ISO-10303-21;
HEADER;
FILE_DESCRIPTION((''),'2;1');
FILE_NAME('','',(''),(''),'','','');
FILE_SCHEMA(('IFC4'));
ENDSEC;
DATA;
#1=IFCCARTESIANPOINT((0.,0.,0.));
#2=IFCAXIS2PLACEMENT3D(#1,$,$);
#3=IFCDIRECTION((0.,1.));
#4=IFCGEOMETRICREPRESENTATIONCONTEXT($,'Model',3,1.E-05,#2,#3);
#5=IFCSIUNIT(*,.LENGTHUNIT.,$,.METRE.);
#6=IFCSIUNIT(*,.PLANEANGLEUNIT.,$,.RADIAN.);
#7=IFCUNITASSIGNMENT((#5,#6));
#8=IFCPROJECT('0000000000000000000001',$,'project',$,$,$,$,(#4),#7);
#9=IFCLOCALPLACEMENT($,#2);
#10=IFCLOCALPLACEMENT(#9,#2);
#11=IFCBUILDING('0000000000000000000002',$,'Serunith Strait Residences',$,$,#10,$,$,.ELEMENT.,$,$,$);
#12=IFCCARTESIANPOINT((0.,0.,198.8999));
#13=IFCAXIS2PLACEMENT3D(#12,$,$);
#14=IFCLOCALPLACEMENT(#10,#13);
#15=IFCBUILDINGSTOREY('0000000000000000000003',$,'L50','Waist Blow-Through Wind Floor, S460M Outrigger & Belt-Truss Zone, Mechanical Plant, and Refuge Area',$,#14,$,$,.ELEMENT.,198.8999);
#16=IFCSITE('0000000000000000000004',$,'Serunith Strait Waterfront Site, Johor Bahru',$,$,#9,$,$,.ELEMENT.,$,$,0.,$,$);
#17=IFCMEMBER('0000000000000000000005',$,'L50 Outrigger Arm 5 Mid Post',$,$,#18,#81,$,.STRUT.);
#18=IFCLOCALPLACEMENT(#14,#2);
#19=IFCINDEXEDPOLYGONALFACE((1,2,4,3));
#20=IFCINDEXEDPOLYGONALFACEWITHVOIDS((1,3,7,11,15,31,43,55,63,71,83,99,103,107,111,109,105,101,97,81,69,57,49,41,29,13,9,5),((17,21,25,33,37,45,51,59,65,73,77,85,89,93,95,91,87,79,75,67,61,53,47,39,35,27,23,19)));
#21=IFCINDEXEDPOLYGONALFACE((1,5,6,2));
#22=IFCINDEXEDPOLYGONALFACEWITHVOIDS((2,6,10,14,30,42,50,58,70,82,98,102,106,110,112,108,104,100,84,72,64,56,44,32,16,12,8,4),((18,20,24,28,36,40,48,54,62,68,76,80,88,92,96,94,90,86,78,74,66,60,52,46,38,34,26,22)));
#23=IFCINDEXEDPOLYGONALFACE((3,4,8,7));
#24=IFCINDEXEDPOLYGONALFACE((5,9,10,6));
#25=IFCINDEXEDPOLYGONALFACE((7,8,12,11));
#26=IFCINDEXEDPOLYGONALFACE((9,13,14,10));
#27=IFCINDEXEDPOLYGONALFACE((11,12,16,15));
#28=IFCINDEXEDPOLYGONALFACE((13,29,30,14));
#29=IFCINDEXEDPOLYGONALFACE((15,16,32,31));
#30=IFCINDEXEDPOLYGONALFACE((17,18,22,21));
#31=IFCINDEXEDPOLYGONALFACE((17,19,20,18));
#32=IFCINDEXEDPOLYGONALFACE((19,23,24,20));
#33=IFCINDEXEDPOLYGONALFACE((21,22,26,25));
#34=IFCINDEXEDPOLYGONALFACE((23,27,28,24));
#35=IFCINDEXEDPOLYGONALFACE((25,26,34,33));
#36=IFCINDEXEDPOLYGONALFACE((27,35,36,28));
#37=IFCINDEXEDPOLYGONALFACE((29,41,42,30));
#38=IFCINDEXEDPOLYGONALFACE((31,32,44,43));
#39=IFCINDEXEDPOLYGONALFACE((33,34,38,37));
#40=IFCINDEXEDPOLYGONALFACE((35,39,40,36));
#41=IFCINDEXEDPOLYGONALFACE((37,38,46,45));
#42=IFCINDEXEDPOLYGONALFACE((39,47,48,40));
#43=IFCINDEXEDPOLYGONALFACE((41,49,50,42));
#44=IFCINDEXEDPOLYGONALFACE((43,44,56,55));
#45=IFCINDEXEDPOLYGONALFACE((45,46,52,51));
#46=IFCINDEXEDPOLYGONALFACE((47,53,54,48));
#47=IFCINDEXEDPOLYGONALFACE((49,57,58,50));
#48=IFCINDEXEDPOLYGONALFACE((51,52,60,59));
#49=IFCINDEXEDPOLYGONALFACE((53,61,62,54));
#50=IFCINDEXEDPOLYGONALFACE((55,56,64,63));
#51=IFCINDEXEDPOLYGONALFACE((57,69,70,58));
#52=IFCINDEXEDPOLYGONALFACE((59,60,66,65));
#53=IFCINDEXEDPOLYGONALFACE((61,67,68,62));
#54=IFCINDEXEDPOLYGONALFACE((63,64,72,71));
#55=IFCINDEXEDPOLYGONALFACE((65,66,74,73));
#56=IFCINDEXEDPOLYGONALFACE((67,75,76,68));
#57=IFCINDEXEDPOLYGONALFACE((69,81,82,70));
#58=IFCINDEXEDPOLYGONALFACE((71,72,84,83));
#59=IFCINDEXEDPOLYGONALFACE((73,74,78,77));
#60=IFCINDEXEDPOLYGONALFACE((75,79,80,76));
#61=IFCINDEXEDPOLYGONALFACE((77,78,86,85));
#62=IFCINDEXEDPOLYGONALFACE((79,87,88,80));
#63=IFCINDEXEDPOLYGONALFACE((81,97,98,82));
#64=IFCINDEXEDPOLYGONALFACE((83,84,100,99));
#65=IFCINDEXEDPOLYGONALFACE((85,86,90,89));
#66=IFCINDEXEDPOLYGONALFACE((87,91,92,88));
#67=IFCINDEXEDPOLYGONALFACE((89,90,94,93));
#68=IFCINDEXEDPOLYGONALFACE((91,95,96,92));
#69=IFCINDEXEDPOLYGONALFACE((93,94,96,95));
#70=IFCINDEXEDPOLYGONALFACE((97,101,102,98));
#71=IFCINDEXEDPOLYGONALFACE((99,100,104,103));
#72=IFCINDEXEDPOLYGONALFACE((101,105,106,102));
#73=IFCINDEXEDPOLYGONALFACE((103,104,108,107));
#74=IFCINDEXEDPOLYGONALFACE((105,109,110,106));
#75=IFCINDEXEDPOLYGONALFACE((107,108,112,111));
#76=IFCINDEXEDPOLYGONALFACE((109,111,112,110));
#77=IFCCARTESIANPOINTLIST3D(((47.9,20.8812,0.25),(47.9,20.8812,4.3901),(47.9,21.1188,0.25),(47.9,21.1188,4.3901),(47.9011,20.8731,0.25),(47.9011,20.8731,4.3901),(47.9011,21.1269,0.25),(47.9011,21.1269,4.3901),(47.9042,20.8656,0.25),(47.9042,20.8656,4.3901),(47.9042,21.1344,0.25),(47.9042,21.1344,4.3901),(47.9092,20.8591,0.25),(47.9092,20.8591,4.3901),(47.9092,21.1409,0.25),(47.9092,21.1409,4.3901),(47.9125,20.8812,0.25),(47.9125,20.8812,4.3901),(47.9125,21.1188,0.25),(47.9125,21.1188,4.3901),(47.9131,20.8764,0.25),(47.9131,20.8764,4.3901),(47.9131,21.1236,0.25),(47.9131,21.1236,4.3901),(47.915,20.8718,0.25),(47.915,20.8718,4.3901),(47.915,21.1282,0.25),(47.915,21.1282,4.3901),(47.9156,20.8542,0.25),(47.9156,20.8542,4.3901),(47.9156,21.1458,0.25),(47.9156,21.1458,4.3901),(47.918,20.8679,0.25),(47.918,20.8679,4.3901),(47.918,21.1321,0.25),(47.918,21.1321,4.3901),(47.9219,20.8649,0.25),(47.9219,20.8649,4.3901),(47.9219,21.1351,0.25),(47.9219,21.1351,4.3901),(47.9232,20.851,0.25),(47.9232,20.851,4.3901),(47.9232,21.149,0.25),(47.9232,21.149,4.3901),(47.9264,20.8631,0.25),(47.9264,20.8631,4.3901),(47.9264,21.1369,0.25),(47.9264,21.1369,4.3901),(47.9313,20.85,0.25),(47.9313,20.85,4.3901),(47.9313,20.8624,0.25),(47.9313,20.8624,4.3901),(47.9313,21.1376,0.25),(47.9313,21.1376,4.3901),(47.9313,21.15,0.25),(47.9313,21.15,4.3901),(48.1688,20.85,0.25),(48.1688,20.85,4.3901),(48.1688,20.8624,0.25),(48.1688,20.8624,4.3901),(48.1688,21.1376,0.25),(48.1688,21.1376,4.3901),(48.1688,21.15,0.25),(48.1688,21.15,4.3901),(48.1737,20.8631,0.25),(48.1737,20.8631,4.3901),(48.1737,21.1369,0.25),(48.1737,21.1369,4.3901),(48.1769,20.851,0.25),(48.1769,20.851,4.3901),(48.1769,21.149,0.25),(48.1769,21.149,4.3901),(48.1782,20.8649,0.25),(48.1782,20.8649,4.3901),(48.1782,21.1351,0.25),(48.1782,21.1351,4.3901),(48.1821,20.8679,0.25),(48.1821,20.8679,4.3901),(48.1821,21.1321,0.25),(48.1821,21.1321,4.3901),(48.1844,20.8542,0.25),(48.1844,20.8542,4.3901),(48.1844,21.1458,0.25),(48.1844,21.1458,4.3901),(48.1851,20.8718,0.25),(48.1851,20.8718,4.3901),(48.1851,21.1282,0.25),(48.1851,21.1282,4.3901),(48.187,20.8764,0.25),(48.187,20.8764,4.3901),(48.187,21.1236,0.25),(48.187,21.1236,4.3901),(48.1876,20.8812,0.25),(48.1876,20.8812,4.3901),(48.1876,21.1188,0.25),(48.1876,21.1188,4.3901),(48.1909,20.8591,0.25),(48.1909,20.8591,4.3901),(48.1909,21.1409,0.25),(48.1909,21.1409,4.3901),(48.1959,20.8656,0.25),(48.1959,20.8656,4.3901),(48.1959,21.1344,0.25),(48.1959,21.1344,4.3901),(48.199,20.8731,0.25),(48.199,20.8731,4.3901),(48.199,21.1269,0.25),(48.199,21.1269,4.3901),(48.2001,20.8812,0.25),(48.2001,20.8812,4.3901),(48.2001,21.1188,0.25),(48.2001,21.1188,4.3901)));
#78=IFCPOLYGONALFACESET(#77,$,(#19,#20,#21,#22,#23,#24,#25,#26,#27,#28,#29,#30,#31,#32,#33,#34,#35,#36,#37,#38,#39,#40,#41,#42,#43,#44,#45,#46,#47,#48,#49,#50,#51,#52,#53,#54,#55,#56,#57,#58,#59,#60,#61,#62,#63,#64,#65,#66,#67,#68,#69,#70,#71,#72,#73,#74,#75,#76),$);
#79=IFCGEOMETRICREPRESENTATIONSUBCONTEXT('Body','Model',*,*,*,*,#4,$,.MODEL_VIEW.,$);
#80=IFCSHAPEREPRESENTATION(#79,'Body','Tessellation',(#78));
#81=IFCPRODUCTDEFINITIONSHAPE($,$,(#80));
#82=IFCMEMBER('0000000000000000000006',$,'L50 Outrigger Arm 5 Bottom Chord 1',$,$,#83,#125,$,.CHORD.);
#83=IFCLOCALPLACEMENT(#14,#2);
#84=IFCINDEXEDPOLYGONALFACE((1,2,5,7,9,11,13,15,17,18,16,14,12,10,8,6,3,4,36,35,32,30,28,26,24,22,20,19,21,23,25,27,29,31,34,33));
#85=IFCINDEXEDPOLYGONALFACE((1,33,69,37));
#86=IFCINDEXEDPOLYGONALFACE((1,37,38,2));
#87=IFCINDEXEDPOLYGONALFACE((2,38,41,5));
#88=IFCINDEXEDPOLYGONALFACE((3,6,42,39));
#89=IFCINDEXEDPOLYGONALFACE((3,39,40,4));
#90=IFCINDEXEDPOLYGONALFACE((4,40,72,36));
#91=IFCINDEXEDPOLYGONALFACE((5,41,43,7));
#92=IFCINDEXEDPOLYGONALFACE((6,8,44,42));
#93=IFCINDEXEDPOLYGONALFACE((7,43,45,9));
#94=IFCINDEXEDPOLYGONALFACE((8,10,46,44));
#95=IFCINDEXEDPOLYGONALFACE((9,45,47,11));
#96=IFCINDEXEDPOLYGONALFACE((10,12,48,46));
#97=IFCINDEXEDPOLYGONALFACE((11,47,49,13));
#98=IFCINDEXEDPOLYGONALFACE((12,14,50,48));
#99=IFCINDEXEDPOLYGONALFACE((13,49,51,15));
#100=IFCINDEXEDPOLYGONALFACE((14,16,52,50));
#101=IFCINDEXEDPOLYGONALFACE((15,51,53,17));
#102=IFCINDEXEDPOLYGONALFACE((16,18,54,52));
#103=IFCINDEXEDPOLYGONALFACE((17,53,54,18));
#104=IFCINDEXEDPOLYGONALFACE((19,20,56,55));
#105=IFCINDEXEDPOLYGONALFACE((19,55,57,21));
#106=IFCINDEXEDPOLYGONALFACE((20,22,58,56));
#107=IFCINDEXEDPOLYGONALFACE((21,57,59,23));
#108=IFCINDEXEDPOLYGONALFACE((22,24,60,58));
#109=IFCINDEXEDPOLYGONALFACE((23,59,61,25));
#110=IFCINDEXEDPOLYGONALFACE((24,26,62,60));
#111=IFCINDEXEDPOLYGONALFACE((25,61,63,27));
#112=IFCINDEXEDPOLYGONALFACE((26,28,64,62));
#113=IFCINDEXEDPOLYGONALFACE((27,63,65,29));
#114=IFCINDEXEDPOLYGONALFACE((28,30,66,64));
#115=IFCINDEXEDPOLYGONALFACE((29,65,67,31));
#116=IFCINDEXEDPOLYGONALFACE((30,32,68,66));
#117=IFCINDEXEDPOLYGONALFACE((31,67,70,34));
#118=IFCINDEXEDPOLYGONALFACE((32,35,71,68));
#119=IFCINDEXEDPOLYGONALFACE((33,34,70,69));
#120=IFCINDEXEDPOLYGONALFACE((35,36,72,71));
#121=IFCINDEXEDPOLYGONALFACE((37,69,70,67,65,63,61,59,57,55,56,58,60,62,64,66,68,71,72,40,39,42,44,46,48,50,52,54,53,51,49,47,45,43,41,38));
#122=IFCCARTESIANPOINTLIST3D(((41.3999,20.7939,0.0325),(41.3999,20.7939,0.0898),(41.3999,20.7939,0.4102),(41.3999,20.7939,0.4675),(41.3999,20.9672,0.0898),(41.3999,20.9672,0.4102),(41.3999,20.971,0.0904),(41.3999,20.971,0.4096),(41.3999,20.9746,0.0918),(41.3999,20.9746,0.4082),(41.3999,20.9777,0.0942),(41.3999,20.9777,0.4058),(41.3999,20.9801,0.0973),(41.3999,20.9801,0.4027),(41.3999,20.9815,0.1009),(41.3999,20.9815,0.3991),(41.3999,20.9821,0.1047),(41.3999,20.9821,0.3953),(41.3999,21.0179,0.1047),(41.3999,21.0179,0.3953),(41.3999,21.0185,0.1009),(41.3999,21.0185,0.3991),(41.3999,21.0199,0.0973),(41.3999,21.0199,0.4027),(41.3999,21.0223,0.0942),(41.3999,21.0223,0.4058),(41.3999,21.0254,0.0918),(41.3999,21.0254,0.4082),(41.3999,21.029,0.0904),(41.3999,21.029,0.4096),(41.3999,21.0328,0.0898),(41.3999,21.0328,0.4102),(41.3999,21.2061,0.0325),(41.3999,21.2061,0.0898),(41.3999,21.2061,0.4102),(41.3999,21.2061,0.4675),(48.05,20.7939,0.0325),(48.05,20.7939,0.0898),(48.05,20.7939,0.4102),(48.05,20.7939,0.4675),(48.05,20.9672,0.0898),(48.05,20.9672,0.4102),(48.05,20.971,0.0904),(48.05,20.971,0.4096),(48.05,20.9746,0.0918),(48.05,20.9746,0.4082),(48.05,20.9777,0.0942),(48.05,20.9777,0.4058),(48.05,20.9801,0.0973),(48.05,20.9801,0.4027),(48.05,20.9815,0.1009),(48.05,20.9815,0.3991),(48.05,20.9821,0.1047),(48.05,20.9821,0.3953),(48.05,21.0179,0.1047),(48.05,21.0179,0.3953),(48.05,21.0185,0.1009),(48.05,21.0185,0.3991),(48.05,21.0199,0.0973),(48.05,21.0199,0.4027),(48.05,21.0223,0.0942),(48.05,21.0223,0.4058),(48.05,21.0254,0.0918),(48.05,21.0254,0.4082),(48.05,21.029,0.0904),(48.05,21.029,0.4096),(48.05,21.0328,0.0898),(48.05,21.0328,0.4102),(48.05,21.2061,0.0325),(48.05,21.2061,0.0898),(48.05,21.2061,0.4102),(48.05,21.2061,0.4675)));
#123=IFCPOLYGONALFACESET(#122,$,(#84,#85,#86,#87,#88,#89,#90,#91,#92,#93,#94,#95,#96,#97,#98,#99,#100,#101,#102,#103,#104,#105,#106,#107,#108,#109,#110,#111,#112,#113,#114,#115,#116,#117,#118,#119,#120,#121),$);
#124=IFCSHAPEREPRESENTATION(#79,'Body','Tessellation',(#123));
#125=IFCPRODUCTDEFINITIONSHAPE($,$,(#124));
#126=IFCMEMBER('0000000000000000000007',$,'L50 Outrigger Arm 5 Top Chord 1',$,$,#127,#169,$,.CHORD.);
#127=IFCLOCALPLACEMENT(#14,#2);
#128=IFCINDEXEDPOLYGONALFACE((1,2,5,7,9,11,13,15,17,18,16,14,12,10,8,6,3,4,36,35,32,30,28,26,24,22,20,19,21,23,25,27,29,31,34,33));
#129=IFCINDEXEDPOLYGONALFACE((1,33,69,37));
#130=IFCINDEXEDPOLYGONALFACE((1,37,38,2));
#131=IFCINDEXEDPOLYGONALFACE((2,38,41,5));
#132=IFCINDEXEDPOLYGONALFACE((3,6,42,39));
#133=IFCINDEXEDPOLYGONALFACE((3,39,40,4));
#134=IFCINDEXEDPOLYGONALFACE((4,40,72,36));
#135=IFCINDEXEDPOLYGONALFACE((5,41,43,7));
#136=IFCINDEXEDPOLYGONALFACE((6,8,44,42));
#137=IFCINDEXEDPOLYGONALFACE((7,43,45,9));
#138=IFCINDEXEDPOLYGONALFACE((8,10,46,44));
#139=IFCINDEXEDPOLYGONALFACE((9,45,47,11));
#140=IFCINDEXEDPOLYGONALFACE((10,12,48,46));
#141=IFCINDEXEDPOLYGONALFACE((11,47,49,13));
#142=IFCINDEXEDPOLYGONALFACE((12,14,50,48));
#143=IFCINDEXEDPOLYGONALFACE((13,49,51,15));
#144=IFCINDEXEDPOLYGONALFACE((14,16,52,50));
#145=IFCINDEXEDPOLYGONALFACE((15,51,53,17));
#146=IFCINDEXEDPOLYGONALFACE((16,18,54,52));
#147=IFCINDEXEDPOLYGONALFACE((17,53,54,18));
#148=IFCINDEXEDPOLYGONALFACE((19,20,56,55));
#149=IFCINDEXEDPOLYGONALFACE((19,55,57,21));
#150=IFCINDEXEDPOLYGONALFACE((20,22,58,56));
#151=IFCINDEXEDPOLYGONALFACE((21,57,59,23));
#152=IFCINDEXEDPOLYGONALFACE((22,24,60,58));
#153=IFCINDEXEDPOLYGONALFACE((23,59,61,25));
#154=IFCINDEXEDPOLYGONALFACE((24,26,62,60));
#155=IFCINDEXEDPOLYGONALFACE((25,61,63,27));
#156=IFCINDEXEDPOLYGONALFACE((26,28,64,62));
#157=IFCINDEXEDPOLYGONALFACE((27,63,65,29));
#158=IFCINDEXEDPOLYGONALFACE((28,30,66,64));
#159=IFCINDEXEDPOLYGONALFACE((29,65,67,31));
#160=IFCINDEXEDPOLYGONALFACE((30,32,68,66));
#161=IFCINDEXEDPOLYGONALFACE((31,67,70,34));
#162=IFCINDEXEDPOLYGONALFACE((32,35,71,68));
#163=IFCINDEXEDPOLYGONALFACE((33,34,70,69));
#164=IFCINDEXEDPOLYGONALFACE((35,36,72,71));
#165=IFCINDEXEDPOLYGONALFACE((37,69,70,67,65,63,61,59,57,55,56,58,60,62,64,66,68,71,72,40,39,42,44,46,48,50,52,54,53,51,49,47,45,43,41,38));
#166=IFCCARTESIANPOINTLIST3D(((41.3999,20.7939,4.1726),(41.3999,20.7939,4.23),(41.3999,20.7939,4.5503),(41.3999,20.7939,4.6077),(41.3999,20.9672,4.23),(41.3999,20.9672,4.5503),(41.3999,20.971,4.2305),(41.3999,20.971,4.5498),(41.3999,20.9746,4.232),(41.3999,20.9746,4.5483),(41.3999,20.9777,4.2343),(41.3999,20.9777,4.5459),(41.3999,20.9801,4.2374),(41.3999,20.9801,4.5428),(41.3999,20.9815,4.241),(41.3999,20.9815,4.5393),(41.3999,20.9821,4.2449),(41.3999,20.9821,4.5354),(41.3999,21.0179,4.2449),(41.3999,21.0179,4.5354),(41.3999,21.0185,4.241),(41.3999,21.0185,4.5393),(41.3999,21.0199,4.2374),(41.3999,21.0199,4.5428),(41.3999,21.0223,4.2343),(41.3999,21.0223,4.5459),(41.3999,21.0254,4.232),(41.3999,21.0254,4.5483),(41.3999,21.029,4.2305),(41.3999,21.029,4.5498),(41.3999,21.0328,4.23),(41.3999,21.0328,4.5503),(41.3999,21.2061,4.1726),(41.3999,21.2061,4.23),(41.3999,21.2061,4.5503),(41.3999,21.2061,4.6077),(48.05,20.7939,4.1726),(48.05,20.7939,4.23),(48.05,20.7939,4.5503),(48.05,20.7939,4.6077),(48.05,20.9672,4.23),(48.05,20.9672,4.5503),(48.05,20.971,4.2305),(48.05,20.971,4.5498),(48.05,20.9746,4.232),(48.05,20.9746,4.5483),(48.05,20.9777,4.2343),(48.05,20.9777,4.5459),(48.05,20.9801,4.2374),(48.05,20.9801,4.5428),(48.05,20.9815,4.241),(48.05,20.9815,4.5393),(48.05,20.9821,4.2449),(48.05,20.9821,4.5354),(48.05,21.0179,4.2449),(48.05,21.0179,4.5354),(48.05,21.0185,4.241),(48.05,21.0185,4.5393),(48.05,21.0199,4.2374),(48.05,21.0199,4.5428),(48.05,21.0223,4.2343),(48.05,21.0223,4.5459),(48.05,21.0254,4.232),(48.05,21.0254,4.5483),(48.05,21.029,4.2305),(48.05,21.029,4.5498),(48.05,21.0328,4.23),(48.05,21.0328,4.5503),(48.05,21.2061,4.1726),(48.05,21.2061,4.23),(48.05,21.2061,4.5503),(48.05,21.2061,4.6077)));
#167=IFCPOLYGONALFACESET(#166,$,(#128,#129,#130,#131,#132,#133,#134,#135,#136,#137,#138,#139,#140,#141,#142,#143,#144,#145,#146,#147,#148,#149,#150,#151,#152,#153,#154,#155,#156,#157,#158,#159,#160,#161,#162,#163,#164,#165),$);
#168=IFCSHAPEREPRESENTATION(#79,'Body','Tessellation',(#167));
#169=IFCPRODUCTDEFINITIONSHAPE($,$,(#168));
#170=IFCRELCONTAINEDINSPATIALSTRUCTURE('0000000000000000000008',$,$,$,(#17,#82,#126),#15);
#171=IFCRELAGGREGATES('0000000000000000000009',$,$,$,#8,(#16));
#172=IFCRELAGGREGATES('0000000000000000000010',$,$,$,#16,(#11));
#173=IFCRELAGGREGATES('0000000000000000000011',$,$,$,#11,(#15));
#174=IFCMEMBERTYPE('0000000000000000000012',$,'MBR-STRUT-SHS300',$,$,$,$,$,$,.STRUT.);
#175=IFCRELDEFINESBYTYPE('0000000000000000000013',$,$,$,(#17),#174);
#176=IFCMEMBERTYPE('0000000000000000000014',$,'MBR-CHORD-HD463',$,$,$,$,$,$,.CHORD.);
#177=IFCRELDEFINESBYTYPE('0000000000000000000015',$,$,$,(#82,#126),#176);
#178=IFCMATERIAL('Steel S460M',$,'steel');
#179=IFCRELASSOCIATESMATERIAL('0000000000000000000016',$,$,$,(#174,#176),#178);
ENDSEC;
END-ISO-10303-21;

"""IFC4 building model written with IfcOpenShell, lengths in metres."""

from ifc_helpers import new_model, si_unit, direction, frame, origin, origin_2d, place, context, subcontext, project, spatial, hollow_rectangle, i_section, extrude, source, transform, mapped, material, material_profile, profile_set, type_object, element, save


model = new_model("IFC4")

# Units and contexts
model_context = context("Model", 3, precision=1e-05, world=origin(), true_north=direction((0.0, 1.0)))
body_context = subcontext(model_context, "Body", "Model", "MODEL_VIEW")
ifc_project = project(units=[si_unit("LENGTHUNIT", "METRE"), si_unit("PLANEANGLEUNIT", "RADIAN")], contexts=[model_context])

# Site, building, storey
site_placement = place(None, origin())
site = spatial("IfcSite", under=ifc_project, at=site_placement, Name="Serunith Strait Waterfront Site, Johor Bahru", CompositionType="ELEMENT", RefElevation=0.0)
building_placement = place(site_placement, origin())
building = spatial("IfcBuilding", under=site, at=building_placement, Name="Serunith Strait Residences", CompositionType="ELEMENT")
storey_placement = place(building_placement, frame((0.0, 0.0, 198.8999)))
storey = spatial("IfcBuildingStorey", under=building, at=storey_placement, Name="L50", Description="Waist Blow-Through Wind Floor, S460M Outrigger & Belt-Truss Zone, Mechanical Plant, and Refuge Area", CompositionType="ELEMENT", Elevation=198.8999)

# Members
ifc_material_1 = material(Name="Steel S460M", Category="steel")
ifc_material_profile_1 = material_profile(ifc_material_1, hollow_rectangle(XDim=0.3, YDim=0.3, WallThickness=0.0125, InnerFilletRadius=0.0188, OuterFilletRadius=0.0312, at=origin_2d()), Name="SHS 300x300x12.5")
ifc_profile_set_1 = profile_set([ifc_material_profile_1], Name="Steel S460M")
member_type_1 = type_object("IfcMemberType", Name="MBR-STRUT-SHS300", PredefinedType="STRUT", material=ifc_profile_set_1)
shared_shape_1 = source(origin(), body_context, "Body", "SweptSolid", [
    extrude(hollow_rectangle(XDim=0.3, YDim=0.3, WallThickness=0.0125, InnerFilletRadius=0.0188, OuterFilletRadius=0.0312, at=origin_2d()), origin(), (0.0, 0.0, 1.0), 4.1401),
])
member_1_placement = place(storey_placement, frame((48.05, 21.0, 0.25), z_axis=(0.0, 0.0, 1.0), x_axis=(1.0, 0.0, 0.0)))
element("IfcMember", 1, at=member_1_placement, inside=storey, type_object=member_type_1, Name="L50 Outrigger Arm 5 Mid Post", PredefinedType="STRUT", context=body_context, shape_type="MappedRepresentation", body=[
    mapped(shared_shape_1, transform((0.0, 0.0, 0.0), scale=1.0)),
])
ifc_material_profile_2 = material_profile(ifc_material_1, i_section(OverallWidth=0.4121, OverallDepth=0.4351, WebThickness=0.0359, FlangeThickness=0.0574, FilletRadius=0.0149, at=origin_2d()), Name="HD 400x463")
ifc_profile_set_2 = profile_set([ifc_material_profile_2], Name="Steel S460M")
member_type_2 = type_object("IfcMemberType", Name="MBR-CHORD-HD463", PredefinedType="CHORD", material=ifc_profile_set_2)
shared_shape_2 = source(origin(), body_context, "Body", "SweptSolid", [
    extrude(i_section(OverallWidth=0.4121, OverallDepth=0.4351, WebThickness=0.0359, FlangeThickness=0.0574, FilletRadius=0.0149, at=origin_2d()), origin(), (0.0, 0.0, 1.0), 6.6501),
])
for number, where, z_axis, x_axis, name in (
    (2, (41.3999, 21.0, 0.25), (1.0, 0.0, 0.0), (0.0, 1.0, 0.0), "L50 Outrigger Arm 5 Bottom Chord 1"),
    (3, (41.3999, 21.0, 4.3901), (1.0, 0.0, 0.0), (0.0, 1.0, 0.0), "L50 Outrigger Arm 5 Top Chord 1"),
):
    element("IfcMember", number, at=place(storey_placement, frame(where, z_axis=z_axis, x_axis=x_axis)), inside=storey, type_object=member_type_2, Name=name, PredefinedType="CHORD", context=body_context, shape_type="MappedRepresentation", body=[
        mapped(shared_shape_2, transform((0.0, 0.0, 0.0), scale=1.0)),
    ])

save(model, "model.ifc")
